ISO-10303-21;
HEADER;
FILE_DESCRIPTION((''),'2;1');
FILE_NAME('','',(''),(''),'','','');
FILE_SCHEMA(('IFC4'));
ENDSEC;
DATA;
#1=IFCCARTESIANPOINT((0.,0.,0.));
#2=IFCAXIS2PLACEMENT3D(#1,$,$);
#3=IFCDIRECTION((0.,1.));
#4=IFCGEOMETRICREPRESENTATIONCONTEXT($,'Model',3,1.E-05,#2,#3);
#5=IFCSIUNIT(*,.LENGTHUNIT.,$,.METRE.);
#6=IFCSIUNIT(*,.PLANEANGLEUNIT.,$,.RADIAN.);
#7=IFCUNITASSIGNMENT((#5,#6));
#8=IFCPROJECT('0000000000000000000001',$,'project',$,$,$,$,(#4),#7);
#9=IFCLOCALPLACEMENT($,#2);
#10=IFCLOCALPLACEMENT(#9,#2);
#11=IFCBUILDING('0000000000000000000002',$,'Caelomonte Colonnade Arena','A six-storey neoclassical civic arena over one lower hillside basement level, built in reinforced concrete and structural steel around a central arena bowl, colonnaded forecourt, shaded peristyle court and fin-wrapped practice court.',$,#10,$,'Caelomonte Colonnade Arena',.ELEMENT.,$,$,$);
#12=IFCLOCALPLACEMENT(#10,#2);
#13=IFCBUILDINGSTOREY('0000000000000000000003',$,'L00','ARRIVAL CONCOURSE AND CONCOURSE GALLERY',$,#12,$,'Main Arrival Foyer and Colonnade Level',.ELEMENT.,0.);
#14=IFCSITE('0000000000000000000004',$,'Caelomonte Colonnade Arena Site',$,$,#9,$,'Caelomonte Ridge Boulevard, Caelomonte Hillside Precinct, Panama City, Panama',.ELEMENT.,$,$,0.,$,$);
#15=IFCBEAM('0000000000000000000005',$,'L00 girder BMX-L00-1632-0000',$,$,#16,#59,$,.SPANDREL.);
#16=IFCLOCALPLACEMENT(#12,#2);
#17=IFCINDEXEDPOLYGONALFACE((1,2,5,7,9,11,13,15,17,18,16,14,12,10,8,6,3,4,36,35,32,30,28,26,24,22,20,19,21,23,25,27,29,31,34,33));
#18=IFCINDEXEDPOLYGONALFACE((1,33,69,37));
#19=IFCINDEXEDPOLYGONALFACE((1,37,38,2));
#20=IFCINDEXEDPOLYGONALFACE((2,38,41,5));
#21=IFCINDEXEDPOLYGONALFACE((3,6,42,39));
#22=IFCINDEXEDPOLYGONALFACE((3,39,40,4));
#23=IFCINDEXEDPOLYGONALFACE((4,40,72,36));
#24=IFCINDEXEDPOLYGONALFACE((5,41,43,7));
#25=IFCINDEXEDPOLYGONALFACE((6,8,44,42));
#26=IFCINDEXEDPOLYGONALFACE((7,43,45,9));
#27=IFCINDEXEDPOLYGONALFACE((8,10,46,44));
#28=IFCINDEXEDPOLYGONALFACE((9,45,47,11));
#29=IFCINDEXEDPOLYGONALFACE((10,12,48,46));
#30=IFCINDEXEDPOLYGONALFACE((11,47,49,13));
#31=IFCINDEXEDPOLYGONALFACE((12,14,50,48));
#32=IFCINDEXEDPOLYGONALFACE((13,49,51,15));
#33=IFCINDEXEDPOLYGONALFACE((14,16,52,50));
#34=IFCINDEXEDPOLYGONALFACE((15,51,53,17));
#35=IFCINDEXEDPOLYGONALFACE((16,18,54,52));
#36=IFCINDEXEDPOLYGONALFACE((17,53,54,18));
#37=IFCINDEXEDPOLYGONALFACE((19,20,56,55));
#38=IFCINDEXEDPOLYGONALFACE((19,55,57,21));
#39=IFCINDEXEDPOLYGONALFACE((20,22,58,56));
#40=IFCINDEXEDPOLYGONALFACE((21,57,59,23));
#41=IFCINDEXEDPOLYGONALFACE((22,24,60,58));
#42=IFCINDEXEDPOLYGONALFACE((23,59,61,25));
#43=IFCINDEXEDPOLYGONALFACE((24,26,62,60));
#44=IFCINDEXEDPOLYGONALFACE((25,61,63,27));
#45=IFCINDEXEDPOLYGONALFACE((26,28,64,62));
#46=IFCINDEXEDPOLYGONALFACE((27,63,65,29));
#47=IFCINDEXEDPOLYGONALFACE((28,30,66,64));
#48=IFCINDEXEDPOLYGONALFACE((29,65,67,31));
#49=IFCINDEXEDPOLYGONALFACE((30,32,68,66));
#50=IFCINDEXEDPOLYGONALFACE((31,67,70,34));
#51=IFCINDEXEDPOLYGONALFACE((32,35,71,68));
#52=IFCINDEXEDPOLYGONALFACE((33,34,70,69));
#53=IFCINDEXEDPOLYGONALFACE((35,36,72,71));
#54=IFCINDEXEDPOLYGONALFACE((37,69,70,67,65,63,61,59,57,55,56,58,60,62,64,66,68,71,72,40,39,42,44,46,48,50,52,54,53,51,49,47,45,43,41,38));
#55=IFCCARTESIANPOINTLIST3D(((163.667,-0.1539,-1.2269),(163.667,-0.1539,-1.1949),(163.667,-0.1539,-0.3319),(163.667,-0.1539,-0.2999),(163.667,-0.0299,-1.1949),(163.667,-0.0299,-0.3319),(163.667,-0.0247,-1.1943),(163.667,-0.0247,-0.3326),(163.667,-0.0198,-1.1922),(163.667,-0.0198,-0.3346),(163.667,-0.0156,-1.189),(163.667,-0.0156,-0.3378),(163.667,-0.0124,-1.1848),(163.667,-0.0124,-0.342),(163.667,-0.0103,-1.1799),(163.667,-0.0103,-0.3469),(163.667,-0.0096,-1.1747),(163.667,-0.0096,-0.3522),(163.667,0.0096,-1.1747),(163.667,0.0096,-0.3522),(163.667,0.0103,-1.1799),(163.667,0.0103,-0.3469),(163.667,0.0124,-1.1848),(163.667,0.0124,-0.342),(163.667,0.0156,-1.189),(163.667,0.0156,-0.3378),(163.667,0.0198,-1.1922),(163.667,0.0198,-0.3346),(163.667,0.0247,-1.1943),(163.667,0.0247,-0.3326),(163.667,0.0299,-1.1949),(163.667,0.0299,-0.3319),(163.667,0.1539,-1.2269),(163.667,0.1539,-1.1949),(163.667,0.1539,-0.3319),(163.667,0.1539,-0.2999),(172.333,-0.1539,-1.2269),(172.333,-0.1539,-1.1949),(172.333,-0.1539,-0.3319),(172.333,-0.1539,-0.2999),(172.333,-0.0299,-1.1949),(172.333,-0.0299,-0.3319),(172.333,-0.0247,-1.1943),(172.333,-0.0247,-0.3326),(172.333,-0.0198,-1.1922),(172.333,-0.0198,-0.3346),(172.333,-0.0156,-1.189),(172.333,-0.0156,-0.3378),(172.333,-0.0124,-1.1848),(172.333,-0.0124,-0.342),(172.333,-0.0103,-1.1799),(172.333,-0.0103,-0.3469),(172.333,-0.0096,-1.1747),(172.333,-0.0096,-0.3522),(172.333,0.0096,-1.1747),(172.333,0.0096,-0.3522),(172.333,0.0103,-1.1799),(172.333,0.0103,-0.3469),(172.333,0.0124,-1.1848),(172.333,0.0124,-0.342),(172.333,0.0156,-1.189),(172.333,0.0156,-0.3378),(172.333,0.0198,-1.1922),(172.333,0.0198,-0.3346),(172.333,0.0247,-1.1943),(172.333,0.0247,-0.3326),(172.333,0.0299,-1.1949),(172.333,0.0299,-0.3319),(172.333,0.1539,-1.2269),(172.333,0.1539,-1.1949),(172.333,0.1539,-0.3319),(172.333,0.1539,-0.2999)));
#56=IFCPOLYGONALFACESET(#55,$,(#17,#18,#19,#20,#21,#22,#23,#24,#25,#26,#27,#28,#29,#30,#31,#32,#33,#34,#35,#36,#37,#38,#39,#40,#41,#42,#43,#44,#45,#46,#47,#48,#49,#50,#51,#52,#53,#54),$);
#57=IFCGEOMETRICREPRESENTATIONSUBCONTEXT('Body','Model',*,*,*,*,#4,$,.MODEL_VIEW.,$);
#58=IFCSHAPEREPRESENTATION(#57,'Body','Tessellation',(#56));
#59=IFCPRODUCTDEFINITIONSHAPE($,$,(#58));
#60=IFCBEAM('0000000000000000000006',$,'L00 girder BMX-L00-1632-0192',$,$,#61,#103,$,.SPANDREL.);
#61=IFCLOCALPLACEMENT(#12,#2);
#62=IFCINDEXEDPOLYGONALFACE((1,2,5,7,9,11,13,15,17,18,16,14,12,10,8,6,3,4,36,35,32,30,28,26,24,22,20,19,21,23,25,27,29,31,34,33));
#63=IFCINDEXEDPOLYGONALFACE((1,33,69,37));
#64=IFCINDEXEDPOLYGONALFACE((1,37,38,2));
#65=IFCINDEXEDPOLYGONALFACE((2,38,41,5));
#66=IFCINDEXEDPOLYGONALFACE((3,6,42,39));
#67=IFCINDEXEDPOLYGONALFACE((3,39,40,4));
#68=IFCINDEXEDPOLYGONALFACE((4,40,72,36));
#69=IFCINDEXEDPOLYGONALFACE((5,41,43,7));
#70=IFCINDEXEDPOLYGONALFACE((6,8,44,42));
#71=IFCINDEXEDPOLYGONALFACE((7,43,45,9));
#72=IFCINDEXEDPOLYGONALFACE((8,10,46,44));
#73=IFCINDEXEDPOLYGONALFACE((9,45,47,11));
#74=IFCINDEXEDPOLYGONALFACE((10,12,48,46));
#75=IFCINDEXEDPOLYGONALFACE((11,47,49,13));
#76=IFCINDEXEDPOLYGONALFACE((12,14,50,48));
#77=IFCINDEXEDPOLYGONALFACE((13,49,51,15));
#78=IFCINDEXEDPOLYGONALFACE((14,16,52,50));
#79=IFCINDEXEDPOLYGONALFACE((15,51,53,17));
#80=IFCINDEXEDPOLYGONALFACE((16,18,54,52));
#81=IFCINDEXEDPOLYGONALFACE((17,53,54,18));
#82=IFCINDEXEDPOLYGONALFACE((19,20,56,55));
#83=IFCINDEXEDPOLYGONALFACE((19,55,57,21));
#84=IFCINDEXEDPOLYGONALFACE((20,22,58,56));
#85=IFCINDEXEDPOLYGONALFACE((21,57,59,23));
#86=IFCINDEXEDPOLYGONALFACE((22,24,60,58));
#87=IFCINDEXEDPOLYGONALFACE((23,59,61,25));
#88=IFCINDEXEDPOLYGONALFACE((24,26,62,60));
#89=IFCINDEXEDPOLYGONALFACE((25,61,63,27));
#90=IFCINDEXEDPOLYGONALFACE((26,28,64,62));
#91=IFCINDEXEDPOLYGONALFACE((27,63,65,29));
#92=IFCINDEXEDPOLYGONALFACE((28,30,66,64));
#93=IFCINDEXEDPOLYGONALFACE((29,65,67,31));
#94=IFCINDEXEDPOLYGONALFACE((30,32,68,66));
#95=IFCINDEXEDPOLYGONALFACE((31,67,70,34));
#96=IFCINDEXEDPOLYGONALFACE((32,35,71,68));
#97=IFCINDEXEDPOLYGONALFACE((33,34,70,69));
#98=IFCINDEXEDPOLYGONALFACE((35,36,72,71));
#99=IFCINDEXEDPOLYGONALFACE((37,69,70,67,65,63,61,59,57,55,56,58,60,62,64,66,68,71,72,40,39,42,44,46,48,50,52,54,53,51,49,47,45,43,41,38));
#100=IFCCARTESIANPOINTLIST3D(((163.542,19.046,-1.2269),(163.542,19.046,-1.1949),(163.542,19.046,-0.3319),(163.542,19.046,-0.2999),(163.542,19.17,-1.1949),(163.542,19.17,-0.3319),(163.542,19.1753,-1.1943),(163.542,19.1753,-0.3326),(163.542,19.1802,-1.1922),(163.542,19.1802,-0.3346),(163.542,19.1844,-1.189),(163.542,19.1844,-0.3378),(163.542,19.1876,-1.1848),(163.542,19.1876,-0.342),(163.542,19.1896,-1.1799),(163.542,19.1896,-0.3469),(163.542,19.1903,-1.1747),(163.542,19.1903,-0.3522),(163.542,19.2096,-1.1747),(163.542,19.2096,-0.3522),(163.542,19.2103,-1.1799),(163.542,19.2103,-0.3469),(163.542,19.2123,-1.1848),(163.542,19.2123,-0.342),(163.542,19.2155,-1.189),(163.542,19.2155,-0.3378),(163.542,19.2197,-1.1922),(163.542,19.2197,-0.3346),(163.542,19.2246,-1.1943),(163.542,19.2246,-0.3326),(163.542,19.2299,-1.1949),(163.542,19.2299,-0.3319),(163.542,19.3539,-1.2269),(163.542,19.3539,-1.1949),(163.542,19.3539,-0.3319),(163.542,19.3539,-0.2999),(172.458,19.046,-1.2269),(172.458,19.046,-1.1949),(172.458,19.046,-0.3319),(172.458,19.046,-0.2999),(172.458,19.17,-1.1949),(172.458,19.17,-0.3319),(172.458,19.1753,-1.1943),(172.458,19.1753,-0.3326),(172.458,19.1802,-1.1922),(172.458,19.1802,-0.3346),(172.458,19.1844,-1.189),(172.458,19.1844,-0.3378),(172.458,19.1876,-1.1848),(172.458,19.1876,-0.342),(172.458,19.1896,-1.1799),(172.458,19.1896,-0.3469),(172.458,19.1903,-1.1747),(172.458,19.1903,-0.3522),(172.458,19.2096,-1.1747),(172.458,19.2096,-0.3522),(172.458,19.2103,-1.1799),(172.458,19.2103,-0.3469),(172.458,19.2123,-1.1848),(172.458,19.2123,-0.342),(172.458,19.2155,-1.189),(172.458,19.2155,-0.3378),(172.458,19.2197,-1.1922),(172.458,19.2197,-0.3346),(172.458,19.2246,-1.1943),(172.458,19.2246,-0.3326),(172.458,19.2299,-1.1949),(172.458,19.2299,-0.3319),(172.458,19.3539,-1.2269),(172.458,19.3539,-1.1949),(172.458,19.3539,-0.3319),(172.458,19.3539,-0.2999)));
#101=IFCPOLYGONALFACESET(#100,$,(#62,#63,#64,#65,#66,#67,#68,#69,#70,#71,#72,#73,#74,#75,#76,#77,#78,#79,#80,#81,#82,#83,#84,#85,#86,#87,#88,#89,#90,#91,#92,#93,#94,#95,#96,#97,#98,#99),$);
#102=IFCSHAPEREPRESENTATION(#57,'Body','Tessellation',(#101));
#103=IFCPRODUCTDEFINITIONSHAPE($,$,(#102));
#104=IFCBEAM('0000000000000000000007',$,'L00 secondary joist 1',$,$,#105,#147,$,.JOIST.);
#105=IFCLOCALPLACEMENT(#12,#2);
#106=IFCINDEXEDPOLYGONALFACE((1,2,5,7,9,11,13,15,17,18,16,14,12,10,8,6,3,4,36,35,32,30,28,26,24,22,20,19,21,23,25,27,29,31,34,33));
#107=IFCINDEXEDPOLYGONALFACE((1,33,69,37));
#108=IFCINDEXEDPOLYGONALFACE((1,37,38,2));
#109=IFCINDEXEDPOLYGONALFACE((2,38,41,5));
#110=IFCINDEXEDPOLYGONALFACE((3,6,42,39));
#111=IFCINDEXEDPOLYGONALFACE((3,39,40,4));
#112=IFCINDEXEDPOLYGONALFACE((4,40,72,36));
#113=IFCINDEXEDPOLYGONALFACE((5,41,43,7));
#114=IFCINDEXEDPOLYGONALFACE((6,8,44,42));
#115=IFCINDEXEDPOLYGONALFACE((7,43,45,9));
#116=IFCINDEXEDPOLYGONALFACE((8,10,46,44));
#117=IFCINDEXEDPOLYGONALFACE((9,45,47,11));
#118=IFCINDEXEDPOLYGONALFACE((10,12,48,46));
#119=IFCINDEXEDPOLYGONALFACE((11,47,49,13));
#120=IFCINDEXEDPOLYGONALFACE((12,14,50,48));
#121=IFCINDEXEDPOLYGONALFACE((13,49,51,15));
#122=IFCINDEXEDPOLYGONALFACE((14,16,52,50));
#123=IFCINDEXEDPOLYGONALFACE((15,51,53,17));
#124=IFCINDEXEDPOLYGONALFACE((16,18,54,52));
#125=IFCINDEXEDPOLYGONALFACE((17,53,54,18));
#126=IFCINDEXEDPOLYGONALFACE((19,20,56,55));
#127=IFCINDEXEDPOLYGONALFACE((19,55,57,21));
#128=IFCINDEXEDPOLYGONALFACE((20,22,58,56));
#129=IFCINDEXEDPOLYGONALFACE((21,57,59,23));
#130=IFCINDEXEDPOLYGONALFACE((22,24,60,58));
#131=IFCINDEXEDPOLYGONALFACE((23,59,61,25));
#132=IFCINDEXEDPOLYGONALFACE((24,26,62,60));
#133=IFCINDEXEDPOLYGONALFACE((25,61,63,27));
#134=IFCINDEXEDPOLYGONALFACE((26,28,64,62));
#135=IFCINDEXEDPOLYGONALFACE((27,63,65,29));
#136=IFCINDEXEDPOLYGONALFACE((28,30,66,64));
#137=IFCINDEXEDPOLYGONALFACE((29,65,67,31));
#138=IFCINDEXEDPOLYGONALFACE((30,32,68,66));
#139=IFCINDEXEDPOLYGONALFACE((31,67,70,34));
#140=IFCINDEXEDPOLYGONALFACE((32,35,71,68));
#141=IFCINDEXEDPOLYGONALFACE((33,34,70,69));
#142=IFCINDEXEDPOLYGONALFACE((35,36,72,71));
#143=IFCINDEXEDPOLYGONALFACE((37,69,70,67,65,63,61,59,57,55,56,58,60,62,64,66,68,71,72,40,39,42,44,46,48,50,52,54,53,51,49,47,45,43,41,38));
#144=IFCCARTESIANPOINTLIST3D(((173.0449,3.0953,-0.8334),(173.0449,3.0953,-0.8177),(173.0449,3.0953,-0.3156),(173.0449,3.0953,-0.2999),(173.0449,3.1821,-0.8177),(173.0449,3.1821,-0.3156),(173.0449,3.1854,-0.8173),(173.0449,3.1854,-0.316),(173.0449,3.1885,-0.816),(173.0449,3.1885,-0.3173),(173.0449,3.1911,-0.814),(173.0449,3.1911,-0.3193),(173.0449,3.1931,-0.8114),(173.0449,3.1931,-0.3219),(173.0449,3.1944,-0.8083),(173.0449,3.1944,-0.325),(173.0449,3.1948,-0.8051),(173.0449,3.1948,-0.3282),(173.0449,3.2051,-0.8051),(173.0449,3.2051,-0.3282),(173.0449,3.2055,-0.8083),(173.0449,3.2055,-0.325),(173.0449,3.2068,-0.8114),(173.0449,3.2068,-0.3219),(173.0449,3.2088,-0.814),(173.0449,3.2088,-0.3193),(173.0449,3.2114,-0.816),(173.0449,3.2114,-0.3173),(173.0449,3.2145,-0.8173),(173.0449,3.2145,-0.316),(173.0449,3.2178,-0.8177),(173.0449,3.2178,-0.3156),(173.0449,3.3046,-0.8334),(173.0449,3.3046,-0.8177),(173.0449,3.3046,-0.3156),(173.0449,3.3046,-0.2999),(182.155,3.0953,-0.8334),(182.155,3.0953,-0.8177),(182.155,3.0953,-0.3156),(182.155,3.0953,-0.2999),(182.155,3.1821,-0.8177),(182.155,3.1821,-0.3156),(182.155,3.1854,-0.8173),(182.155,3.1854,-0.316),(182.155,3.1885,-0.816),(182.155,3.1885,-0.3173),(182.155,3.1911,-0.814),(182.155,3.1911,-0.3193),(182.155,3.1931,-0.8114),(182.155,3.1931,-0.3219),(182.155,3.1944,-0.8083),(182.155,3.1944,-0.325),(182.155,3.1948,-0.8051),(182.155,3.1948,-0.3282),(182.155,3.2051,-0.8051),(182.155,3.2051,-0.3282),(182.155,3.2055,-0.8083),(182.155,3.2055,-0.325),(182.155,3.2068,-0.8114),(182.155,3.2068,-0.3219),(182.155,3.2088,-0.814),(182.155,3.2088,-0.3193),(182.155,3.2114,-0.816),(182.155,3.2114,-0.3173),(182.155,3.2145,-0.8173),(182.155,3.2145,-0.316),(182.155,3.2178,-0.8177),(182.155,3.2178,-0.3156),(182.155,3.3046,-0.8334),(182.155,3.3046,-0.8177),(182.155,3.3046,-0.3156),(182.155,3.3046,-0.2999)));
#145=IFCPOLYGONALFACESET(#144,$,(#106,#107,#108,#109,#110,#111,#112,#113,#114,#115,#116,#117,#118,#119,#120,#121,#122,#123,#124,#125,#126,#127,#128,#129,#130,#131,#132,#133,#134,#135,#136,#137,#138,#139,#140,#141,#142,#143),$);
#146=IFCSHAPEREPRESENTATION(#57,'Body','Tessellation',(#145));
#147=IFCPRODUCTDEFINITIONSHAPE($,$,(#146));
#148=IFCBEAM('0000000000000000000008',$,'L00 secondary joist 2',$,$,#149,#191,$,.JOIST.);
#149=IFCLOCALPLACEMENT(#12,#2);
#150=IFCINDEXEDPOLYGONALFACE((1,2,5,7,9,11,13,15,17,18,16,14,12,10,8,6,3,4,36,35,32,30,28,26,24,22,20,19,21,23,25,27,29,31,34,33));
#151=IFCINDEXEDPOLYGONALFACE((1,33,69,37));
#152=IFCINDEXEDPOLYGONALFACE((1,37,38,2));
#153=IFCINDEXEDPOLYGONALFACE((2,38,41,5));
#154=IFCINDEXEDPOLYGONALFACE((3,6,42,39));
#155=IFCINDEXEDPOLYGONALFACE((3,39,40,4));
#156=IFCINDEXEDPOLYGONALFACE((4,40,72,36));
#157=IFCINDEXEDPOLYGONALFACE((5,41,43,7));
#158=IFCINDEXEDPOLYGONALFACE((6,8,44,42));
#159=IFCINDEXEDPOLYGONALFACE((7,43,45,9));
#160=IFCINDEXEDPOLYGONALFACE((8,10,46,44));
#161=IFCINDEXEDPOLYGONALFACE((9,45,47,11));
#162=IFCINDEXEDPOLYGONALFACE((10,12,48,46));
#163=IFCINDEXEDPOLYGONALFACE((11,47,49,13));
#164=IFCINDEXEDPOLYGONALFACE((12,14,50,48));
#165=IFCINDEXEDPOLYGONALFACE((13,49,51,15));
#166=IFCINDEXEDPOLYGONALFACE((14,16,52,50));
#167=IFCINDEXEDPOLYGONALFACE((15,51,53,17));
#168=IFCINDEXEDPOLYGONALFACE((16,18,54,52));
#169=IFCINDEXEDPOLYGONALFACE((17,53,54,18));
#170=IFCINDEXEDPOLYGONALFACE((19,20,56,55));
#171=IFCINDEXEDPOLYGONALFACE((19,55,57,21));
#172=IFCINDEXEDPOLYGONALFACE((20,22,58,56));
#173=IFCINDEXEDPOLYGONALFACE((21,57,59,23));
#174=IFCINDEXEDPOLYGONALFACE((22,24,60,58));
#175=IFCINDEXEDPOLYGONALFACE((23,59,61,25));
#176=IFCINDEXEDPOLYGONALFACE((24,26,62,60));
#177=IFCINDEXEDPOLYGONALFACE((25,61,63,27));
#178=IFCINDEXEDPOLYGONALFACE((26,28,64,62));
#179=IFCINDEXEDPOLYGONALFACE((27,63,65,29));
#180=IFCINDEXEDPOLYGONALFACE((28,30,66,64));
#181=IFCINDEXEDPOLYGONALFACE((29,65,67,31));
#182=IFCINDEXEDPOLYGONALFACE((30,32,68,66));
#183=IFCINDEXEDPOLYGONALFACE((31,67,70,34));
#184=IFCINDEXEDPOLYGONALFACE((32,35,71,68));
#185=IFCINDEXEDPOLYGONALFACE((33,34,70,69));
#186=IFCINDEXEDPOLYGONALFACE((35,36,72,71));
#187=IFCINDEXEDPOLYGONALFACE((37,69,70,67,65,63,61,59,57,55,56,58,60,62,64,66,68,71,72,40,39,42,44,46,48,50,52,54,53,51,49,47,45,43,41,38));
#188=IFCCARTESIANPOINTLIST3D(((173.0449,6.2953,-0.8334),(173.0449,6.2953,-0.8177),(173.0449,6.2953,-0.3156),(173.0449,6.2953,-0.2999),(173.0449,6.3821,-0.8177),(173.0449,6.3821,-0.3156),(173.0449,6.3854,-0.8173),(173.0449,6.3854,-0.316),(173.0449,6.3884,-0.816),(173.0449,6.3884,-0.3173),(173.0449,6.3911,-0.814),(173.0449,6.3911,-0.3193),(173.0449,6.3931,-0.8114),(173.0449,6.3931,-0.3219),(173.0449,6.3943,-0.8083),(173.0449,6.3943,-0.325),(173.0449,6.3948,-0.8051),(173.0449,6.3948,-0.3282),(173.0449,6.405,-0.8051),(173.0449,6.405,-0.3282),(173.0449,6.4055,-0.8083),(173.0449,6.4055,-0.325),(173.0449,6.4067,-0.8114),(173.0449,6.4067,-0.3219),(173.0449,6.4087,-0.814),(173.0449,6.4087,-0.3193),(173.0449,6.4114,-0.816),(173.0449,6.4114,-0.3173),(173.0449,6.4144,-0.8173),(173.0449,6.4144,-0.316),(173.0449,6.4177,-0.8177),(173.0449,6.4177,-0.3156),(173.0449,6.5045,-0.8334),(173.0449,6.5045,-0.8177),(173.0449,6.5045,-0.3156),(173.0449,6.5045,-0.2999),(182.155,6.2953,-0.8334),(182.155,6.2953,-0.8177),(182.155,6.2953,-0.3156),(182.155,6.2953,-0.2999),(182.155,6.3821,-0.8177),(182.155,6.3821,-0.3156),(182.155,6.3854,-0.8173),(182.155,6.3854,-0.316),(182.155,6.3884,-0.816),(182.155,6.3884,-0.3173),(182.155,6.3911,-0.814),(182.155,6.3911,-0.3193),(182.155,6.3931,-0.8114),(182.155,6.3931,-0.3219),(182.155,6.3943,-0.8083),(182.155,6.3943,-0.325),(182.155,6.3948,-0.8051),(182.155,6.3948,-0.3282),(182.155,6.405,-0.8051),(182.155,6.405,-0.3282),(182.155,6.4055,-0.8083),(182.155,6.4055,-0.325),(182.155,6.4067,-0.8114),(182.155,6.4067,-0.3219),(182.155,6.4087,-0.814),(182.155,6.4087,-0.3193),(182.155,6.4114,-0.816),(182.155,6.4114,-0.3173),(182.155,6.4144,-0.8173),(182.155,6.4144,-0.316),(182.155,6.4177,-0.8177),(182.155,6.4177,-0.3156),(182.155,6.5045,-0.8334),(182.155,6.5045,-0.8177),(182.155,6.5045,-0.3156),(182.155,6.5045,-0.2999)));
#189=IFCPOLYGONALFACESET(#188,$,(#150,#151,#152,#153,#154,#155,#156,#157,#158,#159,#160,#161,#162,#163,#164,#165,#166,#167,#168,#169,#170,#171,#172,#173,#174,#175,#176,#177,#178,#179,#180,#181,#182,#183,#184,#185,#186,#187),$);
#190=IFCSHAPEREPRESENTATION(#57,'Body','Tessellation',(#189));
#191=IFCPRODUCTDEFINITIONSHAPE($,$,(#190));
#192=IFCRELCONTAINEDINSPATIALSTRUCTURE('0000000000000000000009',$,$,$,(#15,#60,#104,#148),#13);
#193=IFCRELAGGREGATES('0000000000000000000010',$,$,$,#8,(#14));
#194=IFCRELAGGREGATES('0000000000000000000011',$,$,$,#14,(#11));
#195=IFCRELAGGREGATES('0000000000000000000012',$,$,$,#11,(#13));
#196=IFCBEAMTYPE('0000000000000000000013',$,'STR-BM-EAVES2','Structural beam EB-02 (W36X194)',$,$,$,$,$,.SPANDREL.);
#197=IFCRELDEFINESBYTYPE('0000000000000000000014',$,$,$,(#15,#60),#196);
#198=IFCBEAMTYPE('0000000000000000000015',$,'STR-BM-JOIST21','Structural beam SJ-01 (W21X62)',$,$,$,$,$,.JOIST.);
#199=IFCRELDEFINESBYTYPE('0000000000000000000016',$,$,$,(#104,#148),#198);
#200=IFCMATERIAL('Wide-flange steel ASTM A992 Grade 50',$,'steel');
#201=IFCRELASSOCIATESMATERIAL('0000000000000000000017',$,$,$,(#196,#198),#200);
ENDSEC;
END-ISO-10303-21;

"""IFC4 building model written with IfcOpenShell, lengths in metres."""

from ifc_helpers import new_model, si_unit, direction, frame, origin, origin_2d, place, context, subcontext, project, spatial, i_section, extrude, material, material_profile, profile_set, type_object, element, save


model = new_model("IFC4")

# Units and contexts
model_context = context("Model", 3, precision=1e-05, world=origin(), true_north=direction((0.0, 1.0)))
body_context = subcontext(model_context, "Body", "Model", "MODEL_VIEW")
ifc_project = project(units=[si_unit("LENGTHUNIT", "METRE"), si_unit("PLANEANGLEUNIT", "RADIAN")], contexts=[model_context])

# Site, building, storey
site_placement = place(None, origin())
site = spatial("IfcSite", under=ifc_project, at=site_placement, Name="Caelomonte Colonnade Arena Site", LongName="Caelomonte Ridge Boulevard, Caelomonte Hillside Precinct, Panama City, Panama", CompositionType="ELEMENT", RefElevation=0.0)
building_placement = place(site_placement, origin())
building = spatial("IfcBuilding", under=site, at=building_placement, Name="Caelomonte Colonnade Arena", Description="A six-storey neoclassical civic arena over one lower hillside basement level, built in reinforced concrete and structural steel around a central arena bowl, colonnaded forecourt, shaded peristyle court and fin-wrapped practice court.", LongName="Caelomonte Colonnade Arena", CompositionType="ELEMENT")
storey_placement = place(building_placement, origin())
storey = spatial("IfcBuildingStorey", under=building, at=storey_placement, Name="L00", Description="ARRIVAL CONCOURSE AND CONCOURSE GALLERY", LongName="Main Arrival Foyer and Colonnade Level", CompositionType="ELEMENT", Elevation=0.0)

# Beams
ifc_material_1 = material(Name="Wide-flange steel ASTM A992 Grade 50", Category="steel")
ifc_material_profile_1 = material_profile(ifc_material_1, i_section(OverallWidth=0.3079, OverallDepth=0.927, WebThickness=0.0193, FlangeThickness=0.032, FilletRadius=0.0203, at=origin_2d()), Name="W36X194")
ifc_profile_set_1 = profile_set([ifc_material_profile_1], Name="Wide-flange steel ASTM A992 Grade 50")
beam_type_1 = type_object("IfcBeamType", Name="STR-BM-EAVES2", Description="Structural beam EB-02 (W36X194)", PredefinedType="SPANDREL", material=ifc_profile_set_1)
beam_1_placement = place(storey_placement, frame((163.667, 0.0, -0.7634), z_axis=(1.0, 0.0, 0.0), x_axis=(0.0, 1.0, 0.0)))
element("IfcBeam", 1, at=beam_1_placement, inside=storey, type_object=beam_type_1, Name="L00 girder BMX-L00-1632-0000", PredefinedType="SPANDREL", context=body_context, shape_type="SweptSolid", body=[
    extrude(i_section(OverallWidth=0.3079, OverallDepth=0.927, WebThickness=0.0193, FlangeThickness=0.032, FilletRadius=0.0203, at=origin_2d()), origin(), (0.0, 0.0, 1.0), 8.666),
])
beam_2_placement = place(storey_placement, frame((163.542, 19.2, -0.7634), z_axis=(1.0, 0.0, 0.0), x_axis=(0.0, 1.0, 0.0)))
element("IfcBeam", 2, at=beam_2_placement, inside=storey, type_object=beam_type_1, Name="L00 girder BMX-L00-1632-0192", PredefinedType="SPANDREL", context=body_context, shape_type="SweptSolid", body=[
    extrude(i_section(OverallWidth=0.3079, OverallDepth=0.927, WebThickness=0.0193, FlangeThickness=0.032, FilletRadius=0.0203, at=origin_2d()), origin(), (0.0, 0.0, 1.0), 8.916),
])
ifc_material_profile_2 = material_profile(ifc_material_1, i_section(OverallWidth=0.2092, OverallDepth=0.5334, WebThickness=0.0103, FlangeThickness=0.0156, FilletRadius=0.0127, at=origin_2d()), Name="W21X62")
ifc_profile_set_2 = profile_set([ifc_material_profile_2], Name="Wide-flange steel ASTM A992 Grade 50")
beam_type_2 = type_object("IfcBeamType", Name="STR-BM-JOIST21", Description="Structural beam SJ-01 (W21X62)", PredefinedType="JOIST", material=ifc_profile_set_2)
for number, where, z_axis, x_axis, name in (
    (3, (173.0449, 3.2, -0.5667), (1.0, 0.0, 0.0), (0.0, 1.0, 0.0), "L00 secondary joist 1"),
    (4, (173.0449, 6.3999, -0.5667), (1.0, 0.0, 0.0), (0.0, 1.0, 0.0), "L00 secondary joist 2"),
):
    element("IfcBeam", number, at=place(storey_placement, frame(where, z_axis=z_axis, x_axis=x_axis)), inside=storey, type_object=beam_type_2, Name=name, PredefinedType="JOIST", context=body_context, shape_type="SweptSolid", body=[
        extrude(i_section(OverallWidth=0.2092, OverallDepth=0.5334, WebThickness=0.0103, FlangeThickness=0.0156, FilletRadius=0.0127, at=origin_2d()), origin(), (0.0, 0.0, 1.0), 9.1101),
    ])

save(model, "model.ifc")
